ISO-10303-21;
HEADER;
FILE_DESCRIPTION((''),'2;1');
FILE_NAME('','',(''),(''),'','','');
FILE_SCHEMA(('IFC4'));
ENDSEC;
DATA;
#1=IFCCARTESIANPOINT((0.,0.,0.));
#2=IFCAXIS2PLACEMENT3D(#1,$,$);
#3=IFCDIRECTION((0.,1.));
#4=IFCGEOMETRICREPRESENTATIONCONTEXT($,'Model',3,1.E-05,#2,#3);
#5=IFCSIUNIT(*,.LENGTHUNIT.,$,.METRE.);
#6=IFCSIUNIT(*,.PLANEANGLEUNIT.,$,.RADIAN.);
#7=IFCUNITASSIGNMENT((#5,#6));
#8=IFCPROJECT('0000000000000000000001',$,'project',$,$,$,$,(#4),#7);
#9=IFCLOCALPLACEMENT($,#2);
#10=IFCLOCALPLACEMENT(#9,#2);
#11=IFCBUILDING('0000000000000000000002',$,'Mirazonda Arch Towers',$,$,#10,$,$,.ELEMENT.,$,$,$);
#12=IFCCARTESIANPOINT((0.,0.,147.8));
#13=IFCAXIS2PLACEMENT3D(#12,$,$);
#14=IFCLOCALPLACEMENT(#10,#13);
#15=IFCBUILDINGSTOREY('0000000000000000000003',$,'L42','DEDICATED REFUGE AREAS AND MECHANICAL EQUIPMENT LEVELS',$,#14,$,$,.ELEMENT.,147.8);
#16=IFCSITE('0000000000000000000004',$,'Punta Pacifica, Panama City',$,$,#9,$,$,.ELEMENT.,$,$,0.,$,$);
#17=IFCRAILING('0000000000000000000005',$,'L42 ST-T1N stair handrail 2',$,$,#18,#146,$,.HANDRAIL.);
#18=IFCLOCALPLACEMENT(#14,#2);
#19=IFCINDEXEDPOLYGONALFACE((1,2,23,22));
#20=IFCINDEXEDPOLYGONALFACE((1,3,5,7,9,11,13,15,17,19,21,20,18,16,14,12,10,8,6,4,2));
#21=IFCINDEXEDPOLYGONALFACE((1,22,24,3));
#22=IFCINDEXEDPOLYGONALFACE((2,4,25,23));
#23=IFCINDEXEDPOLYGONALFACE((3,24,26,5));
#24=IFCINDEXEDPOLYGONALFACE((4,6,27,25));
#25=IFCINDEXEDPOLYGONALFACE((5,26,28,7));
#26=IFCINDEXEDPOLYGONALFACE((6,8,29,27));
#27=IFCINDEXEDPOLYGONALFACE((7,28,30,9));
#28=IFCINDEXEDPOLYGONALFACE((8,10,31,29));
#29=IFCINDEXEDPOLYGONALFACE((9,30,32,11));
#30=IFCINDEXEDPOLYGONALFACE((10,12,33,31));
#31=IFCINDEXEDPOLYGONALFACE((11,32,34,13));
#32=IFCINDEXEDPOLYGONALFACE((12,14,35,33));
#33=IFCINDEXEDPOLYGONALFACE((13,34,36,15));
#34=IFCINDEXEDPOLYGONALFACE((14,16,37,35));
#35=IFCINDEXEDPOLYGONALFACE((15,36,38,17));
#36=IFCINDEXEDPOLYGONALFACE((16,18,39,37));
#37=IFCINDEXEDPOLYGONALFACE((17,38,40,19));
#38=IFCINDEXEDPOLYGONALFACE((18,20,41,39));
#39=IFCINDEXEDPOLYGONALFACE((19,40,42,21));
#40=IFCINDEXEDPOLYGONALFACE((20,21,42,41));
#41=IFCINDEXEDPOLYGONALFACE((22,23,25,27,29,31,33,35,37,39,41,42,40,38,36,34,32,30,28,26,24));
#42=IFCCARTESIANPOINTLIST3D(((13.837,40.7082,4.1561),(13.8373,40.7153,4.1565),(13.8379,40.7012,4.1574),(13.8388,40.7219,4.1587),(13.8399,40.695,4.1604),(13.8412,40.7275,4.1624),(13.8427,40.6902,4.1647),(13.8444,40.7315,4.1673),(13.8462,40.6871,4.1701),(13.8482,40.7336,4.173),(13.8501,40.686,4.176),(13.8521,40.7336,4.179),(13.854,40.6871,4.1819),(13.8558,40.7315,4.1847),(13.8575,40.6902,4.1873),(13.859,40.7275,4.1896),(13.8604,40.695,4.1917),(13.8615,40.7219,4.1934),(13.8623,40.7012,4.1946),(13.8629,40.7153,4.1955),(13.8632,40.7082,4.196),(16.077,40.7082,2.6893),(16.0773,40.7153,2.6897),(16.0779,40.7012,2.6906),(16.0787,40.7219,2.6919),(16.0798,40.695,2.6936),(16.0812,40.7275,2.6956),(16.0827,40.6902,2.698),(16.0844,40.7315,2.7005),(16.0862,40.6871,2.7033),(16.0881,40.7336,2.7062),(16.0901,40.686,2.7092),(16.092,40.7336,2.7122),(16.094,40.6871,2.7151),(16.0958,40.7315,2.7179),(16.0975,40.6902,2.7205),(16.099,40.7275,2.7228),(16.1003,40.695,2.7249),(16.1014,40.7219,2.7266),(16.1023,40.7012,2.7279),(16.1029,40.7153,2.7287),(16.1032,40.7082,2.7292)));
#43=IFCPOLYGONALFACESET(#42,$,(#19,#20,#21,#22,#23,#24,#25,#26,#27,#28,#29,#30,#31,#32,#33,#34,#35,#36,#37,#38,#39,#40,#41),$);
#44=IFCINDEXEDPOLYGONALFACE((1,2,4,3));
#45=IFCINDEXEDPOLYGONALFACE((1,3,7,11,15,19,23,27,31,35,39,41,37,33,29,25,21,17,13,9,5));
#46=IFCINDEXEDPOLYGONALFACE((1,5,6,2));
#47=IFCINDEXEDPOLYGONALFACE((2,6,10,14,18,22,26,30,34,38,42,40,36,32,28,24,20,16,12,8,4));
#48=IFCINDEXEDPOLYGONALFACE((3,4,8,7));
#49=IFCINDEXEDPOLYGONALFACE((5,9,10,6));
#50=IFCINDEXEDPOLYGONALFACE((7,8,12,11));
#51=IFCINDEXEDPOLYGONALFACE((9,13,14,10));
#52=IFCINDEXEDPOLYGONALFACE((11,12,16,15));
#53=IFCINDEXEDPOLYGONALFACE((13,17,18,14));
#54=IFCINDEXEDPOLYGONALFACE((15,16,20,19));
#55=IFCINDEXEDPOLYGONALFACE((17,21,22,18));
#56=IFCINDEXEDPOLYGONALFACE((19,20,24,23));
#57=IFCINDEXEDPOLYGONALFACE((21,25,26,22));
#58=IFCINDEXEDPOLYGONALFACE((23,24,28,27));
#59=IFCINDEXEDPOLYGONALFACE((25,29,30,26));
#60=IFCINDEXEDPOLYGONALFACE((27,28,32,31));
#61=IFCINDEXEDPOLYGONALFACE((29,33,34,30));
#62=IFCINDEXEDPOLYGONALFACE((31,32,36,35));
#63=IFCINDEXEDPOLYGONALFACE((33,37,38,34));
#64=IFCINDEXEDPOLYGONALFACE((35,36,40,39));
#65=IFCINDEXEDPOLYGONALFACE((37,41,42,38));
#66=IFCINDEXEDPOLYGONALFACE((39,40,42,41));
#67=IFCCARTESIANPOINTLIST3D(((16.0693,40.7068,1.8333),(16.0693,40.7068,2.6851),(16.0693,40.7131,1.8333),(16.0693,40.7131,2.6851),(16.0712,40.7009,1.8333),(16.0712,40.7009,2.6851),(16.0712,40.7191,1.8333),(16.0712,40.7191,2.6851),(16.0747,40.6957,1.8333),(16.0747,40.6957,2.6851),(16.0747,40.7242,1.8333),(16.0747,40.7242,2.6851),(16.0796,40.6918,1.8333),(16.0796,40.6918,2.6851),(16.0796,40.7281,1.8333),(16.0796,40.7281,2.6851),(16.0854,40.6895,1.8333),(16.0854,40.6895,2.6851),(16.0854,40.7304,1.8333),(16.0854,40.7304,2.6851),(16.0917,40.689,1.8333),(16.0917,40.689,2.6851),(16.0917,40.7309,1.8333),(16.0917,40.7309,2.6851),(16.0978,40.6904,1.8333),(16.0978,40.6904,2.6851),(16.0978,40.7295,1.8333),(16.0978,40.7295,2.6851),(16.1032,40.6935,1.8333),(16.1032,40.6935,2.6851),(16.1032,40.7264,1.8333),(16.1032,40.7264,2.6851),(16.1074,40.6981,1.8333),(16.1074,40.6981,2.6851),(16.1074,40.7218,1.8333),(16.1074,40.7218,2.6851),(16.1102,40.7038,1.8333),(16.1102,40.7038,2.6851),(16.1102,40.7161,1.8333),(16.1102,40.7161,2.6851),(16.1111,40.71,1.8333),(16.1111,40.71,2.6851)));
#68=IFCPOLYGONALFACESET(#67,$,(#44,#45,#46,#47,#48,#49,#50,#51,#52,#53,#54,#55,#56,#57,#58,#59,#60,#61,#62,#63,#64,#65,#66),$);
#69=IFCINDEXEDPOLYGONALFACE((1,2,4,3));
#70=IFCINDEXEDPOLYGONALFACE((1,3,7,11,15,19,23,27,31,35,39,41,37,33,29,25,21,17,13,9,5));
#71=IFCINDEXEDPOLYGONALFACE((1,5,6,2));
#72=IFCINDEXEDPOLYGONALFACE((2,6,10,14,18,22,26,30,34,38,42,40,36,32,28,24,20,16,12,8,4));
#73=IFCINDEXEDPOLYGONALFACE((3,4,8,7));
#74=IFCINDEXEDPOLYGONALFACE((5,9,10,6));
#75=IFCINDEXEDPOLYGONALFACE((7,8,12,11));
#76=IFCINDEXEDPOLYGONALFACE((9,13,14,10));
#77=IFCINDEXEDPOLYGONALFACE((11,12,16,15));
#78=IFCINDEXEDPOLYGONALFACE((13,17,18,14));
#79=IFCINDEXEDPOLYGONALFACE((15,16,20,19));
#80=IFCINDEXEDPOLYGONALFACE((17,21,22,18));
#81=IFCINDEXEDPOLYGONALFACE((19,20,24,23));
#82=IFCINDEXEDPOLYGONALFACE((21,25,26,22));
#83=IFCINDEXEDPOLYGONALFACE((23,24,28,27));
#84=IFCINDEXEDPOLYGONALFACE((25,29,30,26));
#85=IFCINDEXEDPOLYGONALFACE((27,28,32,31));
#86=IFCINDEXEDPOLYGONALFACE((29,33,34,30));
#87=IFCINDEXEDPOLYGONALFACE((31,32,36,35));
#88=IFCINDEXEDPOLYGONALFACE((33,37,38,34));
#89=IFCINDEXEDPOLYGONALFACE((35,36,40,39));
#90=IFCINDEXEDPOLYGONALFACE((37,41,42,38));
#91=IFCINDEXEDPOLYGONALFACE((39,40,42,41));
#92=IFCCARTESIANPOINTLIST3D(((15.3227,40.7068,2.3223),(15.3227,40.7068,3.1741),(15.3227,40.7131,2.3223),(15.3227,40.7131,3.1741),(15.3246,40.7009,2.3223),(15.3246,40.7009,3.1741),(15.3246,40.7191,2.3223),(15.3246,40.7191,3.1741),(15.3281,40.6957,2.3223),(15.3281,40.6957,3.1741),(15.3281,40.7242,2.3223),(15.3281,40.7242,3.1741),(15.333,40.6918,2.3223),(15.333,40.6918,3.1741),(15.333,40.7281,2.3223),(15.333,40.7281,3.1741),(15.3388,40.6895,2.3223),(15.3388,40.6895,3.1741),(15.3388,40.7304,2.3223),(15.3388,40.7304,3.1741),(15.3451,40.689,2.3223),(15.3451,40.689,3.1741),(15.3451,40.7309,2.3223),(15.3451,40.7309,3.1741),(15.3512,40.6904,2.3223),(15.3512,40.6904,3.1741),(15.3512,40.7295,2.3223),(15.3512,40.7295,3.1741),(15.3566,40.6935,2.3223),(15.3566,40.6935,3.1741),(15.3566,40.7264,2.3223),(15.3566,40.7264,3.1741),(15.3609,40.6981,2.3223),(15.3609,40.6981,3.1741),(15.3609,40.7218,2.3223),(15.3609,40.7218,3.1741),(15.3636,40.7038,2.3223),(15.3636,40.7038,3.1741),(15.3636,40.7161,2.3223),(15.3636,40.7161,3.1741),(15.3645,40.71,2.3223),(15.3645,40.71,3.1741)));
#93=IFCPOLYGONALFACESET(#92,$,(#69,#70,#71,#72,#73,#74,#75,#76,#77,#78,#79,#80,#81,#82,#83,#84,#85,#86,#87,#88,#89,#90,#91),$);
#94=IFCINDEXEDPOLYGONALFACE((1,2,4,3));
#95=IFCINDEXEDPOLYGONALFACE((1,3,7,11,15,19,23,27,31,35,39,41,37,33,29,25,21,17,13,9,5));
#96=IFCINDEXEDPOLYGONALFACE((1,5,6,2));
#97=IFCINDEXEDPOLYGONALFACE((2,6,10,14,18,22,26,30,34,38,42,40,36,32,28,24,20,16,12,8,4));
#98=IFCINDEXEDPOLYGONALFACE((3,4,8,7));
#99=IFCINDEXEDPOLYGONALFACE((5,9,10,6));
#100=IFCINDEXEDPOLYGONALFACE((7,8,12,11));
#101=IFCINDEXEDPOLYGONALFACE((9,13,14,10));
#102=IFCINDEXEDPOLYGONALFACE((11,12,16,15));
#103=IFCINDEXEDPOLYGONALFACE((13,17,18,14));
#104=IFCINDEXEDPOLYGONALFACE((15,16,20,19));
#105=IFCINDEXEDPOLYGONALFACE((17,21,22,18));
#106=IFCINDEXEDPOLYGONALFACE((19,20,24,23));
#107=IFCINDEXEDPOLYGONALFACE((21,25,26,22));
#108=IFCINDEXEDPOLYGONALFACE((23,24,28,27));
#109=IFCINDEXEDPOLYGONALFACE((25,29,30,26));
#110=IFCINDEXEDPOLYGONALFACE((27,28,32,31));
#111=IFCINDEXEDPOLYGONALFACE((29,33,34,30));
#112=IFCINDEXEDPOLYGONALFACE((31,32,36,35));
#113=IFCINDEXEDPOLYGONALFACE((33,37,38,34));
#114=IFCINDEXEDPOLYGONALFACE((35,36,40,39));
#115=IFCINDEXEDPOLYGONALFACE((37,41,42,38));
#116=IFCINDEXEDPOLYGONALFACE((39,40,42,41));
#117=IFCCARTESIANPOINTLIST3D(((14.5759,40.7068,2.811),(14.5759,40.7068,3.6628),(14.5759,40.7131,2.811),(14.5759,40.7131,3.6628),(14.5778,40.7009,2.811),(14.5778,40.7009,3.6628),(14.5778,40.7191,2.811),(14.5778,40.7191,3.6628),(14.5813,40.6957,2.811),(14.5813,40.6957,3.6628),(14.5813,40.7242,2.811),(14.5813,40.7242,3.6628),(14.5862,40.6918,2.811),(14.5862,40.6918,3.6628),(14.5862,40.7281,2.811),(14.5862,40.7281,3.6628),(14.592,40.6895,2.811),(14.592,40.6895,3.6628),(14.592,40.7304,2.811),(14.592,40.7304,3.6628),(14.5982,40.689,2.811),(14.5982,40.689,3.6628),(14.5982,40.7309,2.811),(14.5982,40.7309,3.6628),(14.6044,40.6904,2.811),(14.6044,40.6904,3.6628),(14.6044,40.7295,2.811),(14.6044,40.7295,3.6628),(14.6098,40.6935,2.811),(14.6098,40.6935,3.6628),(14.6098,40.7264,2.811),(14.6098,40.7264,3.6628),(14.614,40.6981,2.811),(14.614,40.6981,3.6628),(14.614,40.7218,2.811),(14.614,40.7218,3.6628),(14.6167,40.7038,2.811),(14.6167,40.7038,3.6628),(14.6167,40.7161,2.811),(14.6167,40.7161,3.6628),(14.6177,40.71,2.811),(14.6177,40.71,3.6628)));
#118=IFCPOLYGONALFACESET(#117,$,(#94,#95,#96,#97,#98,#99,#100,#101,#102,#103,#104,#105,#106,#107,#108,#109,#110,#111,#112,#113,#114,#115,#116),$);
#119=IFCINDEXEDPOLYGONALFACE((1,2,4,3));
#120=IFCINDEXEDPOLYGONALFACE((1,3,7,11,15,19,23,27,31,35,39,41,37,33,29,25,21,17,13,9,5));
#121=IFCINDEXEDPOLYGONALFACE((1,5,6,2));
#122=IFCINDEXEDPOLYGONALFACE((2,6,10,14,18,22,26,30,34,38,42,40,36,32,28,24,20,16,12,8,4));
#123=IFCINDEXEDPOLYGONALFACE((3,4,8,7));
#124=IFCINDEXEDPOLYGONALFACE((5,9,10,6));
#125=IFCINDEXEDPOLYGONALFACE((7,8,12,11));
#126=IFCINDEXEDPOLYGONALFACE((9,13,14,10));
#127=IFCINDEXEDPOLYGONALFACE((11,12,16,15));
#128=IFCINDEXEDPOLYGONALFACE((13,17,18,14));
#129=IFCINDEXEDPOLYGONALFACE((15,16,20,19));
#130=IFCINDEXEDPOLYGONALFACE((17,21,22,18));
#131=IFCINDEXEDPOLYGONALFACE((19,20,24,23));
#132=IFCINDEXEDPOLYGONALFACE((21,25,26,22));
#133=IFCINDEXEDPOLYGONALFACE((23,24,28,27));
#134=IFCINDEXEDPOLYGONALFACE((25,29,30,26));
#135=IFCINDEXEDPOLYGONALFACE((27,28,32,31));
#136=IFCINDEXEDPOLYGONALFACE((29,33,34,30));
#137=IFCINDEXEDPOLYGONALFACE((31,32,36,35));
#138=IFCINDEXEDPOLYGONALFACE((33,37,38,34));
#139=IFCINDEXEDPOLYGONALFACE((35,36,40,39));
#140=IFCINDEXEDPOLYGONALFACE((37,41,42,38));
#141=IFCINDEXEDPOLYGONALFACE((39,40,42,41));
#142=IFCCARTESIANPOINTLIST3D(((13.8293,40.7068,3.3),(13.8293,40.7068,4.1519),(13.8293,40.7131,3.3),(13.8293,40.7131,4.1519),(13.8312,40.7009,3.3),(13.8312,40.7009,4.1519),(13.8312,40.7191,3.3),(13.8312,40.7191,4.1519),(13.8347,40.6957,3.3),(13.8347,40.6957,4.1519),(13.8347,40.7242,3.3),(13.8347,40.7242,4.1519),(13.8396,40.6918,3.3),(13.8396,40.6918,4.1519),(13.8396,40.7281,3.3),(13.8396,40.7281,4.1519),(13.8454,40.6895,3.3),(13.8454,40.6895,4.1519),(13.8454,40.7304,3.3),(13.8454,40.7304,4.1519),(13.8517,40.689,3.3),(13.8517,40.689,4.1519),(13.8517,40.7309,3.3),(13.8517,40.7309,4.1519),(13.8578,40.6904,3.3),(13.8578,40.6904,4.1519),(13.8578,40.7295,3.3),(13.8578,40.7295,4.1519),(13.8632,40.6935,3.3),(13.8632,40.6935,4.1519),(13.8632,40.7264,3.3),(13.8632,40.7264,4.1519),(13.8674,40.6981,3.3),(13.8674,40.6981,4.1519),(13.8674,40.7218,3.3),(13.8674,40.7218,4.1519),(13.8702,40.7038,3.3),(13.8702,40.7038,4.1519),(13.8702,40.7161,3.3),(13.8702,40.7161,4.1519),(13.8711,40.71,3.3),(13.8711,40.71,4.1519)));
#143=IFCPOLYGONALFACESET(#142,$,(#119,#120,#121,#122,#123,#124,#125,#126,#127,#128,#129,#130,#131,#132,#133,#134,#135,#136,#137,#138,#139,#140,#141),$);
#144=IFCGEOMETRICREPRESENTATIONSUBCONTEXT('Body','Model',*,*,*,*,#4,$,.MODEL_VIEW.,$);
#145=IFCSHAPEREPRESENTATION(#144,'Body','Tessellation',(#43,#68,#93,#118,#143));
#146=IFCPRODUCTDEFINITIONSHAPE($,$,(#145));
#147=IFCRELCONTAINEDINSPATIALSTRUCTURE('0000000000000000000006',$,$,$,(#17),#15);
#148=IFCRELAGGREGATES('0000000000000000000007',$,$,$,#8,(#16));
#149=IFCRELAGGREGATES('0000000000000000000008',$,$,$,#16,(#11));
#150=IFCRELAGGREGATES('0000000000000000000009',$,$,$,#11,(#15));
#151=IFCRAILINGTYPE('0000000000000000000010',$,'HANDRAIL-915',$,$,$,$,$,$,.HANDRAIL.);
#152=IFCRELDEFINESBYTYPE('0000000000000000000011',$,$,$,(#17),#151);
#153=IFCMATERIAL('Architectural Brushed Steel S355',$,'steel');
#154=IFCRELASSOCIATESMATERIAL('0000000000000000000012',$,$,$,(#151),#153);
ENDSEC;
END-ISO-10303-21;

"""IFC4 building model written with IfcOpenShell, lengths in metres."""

from ifc_helpers import new_model, si_unit, direction, frame, origin, origin_2d, place, context, subcontext, project, spatial, circle, extrude, material, type_object, element, save


model = new_model("IFC4")

# Units and contexts
model_context = context("Model", 3, precision=1e-05, world=origin(), true_north=direction((0.0, 1.0)))
body_context = subcontext(model_context, "Body", "Model", "MODEL_VIEW")
ifc_project = project(units=[si_unit("LENGTHUNIT", "METRE"), si_unit("PLANEANGLEUNIT", "RADIAN")], contexts=[model_context])

# Site, building, storey
site_placement = place(None, origin())
site = spatial("IfcSite", under=ifc_project, at=site_placement, Name="Punta Pacifica, Panama City", CompositionType="ELEMENT", RefElevation=0.0)
building_placement = place(site_placement, origin())
building = spatial("IfcBuilding", under=site, at=building_placement, Name="Mirazonda Arch Towers", CompositionType="ELEMENT")
storey_placement = place(building_placement, frame((0.0, 0.0, 147.8)))
storey = spatial("IfcBuildingStorey", under=building, at=storey_placement, Name="L42", Description="DEDICATED REFUGE AREAS AND MECHANICAL EQUIPMENT LEVELS", CompositionType="ELEMENT", Elevation=147.8)

# Shared definitions
ifc_material_1 = material(Name="Architectural Brushed Steel S355", Category="steel")

# Railing
railing_type_1 = type_object("IfcRailingType", Name="HANDRAIL-915", PredefinedType="HANDRAIL", material=ifc_material_1)
railing_1_placement = place(storey_placement, frame((16.0901, 40.71, 1.8333)))
element("IfcRailing", 1, at=railing_1_placement, inside=storey, type_object=railing_type_1, Name="L42 ST-T1N stair handrail 2", PredefinedType="HANDRAIL", context=body_context, shape_type="SweptSolid", body=[
    extrude(circle(Radius=0.0239, at=origin_2d()), frame((0.0, 0.0, 0.876), z_axis=(-0.836595, 0.0, 0.547822), x_axis=(0.0, -1.0, 0.0)), (0.0, 0.0, 1.0), 2.6775),
    extrude(circle(Radius=0.021, at=origin_2d()), origin(), (0.0, 0.0, 1.0), 0.8518),
    extrude(circle(Radius=0.021, at=origin_2d()), frame((-0.7466, 0.0, 0.489)), (0.0, 0.0, 1.0), 0.8518),
    extrude(circle(Radius=0.021, at=origin_2d()), frame((-1.4934, 0.0, 0.9778)), (0.0, 0.0, 1.0), 0.8518),
    extrude(circle(Radius=0.021, at=origin_2d()), frame((-2.24, 0.0, 1.4668)), (0.0, 0.0, 1.0), 0.8518),
])

save(model, "model.ifc")
